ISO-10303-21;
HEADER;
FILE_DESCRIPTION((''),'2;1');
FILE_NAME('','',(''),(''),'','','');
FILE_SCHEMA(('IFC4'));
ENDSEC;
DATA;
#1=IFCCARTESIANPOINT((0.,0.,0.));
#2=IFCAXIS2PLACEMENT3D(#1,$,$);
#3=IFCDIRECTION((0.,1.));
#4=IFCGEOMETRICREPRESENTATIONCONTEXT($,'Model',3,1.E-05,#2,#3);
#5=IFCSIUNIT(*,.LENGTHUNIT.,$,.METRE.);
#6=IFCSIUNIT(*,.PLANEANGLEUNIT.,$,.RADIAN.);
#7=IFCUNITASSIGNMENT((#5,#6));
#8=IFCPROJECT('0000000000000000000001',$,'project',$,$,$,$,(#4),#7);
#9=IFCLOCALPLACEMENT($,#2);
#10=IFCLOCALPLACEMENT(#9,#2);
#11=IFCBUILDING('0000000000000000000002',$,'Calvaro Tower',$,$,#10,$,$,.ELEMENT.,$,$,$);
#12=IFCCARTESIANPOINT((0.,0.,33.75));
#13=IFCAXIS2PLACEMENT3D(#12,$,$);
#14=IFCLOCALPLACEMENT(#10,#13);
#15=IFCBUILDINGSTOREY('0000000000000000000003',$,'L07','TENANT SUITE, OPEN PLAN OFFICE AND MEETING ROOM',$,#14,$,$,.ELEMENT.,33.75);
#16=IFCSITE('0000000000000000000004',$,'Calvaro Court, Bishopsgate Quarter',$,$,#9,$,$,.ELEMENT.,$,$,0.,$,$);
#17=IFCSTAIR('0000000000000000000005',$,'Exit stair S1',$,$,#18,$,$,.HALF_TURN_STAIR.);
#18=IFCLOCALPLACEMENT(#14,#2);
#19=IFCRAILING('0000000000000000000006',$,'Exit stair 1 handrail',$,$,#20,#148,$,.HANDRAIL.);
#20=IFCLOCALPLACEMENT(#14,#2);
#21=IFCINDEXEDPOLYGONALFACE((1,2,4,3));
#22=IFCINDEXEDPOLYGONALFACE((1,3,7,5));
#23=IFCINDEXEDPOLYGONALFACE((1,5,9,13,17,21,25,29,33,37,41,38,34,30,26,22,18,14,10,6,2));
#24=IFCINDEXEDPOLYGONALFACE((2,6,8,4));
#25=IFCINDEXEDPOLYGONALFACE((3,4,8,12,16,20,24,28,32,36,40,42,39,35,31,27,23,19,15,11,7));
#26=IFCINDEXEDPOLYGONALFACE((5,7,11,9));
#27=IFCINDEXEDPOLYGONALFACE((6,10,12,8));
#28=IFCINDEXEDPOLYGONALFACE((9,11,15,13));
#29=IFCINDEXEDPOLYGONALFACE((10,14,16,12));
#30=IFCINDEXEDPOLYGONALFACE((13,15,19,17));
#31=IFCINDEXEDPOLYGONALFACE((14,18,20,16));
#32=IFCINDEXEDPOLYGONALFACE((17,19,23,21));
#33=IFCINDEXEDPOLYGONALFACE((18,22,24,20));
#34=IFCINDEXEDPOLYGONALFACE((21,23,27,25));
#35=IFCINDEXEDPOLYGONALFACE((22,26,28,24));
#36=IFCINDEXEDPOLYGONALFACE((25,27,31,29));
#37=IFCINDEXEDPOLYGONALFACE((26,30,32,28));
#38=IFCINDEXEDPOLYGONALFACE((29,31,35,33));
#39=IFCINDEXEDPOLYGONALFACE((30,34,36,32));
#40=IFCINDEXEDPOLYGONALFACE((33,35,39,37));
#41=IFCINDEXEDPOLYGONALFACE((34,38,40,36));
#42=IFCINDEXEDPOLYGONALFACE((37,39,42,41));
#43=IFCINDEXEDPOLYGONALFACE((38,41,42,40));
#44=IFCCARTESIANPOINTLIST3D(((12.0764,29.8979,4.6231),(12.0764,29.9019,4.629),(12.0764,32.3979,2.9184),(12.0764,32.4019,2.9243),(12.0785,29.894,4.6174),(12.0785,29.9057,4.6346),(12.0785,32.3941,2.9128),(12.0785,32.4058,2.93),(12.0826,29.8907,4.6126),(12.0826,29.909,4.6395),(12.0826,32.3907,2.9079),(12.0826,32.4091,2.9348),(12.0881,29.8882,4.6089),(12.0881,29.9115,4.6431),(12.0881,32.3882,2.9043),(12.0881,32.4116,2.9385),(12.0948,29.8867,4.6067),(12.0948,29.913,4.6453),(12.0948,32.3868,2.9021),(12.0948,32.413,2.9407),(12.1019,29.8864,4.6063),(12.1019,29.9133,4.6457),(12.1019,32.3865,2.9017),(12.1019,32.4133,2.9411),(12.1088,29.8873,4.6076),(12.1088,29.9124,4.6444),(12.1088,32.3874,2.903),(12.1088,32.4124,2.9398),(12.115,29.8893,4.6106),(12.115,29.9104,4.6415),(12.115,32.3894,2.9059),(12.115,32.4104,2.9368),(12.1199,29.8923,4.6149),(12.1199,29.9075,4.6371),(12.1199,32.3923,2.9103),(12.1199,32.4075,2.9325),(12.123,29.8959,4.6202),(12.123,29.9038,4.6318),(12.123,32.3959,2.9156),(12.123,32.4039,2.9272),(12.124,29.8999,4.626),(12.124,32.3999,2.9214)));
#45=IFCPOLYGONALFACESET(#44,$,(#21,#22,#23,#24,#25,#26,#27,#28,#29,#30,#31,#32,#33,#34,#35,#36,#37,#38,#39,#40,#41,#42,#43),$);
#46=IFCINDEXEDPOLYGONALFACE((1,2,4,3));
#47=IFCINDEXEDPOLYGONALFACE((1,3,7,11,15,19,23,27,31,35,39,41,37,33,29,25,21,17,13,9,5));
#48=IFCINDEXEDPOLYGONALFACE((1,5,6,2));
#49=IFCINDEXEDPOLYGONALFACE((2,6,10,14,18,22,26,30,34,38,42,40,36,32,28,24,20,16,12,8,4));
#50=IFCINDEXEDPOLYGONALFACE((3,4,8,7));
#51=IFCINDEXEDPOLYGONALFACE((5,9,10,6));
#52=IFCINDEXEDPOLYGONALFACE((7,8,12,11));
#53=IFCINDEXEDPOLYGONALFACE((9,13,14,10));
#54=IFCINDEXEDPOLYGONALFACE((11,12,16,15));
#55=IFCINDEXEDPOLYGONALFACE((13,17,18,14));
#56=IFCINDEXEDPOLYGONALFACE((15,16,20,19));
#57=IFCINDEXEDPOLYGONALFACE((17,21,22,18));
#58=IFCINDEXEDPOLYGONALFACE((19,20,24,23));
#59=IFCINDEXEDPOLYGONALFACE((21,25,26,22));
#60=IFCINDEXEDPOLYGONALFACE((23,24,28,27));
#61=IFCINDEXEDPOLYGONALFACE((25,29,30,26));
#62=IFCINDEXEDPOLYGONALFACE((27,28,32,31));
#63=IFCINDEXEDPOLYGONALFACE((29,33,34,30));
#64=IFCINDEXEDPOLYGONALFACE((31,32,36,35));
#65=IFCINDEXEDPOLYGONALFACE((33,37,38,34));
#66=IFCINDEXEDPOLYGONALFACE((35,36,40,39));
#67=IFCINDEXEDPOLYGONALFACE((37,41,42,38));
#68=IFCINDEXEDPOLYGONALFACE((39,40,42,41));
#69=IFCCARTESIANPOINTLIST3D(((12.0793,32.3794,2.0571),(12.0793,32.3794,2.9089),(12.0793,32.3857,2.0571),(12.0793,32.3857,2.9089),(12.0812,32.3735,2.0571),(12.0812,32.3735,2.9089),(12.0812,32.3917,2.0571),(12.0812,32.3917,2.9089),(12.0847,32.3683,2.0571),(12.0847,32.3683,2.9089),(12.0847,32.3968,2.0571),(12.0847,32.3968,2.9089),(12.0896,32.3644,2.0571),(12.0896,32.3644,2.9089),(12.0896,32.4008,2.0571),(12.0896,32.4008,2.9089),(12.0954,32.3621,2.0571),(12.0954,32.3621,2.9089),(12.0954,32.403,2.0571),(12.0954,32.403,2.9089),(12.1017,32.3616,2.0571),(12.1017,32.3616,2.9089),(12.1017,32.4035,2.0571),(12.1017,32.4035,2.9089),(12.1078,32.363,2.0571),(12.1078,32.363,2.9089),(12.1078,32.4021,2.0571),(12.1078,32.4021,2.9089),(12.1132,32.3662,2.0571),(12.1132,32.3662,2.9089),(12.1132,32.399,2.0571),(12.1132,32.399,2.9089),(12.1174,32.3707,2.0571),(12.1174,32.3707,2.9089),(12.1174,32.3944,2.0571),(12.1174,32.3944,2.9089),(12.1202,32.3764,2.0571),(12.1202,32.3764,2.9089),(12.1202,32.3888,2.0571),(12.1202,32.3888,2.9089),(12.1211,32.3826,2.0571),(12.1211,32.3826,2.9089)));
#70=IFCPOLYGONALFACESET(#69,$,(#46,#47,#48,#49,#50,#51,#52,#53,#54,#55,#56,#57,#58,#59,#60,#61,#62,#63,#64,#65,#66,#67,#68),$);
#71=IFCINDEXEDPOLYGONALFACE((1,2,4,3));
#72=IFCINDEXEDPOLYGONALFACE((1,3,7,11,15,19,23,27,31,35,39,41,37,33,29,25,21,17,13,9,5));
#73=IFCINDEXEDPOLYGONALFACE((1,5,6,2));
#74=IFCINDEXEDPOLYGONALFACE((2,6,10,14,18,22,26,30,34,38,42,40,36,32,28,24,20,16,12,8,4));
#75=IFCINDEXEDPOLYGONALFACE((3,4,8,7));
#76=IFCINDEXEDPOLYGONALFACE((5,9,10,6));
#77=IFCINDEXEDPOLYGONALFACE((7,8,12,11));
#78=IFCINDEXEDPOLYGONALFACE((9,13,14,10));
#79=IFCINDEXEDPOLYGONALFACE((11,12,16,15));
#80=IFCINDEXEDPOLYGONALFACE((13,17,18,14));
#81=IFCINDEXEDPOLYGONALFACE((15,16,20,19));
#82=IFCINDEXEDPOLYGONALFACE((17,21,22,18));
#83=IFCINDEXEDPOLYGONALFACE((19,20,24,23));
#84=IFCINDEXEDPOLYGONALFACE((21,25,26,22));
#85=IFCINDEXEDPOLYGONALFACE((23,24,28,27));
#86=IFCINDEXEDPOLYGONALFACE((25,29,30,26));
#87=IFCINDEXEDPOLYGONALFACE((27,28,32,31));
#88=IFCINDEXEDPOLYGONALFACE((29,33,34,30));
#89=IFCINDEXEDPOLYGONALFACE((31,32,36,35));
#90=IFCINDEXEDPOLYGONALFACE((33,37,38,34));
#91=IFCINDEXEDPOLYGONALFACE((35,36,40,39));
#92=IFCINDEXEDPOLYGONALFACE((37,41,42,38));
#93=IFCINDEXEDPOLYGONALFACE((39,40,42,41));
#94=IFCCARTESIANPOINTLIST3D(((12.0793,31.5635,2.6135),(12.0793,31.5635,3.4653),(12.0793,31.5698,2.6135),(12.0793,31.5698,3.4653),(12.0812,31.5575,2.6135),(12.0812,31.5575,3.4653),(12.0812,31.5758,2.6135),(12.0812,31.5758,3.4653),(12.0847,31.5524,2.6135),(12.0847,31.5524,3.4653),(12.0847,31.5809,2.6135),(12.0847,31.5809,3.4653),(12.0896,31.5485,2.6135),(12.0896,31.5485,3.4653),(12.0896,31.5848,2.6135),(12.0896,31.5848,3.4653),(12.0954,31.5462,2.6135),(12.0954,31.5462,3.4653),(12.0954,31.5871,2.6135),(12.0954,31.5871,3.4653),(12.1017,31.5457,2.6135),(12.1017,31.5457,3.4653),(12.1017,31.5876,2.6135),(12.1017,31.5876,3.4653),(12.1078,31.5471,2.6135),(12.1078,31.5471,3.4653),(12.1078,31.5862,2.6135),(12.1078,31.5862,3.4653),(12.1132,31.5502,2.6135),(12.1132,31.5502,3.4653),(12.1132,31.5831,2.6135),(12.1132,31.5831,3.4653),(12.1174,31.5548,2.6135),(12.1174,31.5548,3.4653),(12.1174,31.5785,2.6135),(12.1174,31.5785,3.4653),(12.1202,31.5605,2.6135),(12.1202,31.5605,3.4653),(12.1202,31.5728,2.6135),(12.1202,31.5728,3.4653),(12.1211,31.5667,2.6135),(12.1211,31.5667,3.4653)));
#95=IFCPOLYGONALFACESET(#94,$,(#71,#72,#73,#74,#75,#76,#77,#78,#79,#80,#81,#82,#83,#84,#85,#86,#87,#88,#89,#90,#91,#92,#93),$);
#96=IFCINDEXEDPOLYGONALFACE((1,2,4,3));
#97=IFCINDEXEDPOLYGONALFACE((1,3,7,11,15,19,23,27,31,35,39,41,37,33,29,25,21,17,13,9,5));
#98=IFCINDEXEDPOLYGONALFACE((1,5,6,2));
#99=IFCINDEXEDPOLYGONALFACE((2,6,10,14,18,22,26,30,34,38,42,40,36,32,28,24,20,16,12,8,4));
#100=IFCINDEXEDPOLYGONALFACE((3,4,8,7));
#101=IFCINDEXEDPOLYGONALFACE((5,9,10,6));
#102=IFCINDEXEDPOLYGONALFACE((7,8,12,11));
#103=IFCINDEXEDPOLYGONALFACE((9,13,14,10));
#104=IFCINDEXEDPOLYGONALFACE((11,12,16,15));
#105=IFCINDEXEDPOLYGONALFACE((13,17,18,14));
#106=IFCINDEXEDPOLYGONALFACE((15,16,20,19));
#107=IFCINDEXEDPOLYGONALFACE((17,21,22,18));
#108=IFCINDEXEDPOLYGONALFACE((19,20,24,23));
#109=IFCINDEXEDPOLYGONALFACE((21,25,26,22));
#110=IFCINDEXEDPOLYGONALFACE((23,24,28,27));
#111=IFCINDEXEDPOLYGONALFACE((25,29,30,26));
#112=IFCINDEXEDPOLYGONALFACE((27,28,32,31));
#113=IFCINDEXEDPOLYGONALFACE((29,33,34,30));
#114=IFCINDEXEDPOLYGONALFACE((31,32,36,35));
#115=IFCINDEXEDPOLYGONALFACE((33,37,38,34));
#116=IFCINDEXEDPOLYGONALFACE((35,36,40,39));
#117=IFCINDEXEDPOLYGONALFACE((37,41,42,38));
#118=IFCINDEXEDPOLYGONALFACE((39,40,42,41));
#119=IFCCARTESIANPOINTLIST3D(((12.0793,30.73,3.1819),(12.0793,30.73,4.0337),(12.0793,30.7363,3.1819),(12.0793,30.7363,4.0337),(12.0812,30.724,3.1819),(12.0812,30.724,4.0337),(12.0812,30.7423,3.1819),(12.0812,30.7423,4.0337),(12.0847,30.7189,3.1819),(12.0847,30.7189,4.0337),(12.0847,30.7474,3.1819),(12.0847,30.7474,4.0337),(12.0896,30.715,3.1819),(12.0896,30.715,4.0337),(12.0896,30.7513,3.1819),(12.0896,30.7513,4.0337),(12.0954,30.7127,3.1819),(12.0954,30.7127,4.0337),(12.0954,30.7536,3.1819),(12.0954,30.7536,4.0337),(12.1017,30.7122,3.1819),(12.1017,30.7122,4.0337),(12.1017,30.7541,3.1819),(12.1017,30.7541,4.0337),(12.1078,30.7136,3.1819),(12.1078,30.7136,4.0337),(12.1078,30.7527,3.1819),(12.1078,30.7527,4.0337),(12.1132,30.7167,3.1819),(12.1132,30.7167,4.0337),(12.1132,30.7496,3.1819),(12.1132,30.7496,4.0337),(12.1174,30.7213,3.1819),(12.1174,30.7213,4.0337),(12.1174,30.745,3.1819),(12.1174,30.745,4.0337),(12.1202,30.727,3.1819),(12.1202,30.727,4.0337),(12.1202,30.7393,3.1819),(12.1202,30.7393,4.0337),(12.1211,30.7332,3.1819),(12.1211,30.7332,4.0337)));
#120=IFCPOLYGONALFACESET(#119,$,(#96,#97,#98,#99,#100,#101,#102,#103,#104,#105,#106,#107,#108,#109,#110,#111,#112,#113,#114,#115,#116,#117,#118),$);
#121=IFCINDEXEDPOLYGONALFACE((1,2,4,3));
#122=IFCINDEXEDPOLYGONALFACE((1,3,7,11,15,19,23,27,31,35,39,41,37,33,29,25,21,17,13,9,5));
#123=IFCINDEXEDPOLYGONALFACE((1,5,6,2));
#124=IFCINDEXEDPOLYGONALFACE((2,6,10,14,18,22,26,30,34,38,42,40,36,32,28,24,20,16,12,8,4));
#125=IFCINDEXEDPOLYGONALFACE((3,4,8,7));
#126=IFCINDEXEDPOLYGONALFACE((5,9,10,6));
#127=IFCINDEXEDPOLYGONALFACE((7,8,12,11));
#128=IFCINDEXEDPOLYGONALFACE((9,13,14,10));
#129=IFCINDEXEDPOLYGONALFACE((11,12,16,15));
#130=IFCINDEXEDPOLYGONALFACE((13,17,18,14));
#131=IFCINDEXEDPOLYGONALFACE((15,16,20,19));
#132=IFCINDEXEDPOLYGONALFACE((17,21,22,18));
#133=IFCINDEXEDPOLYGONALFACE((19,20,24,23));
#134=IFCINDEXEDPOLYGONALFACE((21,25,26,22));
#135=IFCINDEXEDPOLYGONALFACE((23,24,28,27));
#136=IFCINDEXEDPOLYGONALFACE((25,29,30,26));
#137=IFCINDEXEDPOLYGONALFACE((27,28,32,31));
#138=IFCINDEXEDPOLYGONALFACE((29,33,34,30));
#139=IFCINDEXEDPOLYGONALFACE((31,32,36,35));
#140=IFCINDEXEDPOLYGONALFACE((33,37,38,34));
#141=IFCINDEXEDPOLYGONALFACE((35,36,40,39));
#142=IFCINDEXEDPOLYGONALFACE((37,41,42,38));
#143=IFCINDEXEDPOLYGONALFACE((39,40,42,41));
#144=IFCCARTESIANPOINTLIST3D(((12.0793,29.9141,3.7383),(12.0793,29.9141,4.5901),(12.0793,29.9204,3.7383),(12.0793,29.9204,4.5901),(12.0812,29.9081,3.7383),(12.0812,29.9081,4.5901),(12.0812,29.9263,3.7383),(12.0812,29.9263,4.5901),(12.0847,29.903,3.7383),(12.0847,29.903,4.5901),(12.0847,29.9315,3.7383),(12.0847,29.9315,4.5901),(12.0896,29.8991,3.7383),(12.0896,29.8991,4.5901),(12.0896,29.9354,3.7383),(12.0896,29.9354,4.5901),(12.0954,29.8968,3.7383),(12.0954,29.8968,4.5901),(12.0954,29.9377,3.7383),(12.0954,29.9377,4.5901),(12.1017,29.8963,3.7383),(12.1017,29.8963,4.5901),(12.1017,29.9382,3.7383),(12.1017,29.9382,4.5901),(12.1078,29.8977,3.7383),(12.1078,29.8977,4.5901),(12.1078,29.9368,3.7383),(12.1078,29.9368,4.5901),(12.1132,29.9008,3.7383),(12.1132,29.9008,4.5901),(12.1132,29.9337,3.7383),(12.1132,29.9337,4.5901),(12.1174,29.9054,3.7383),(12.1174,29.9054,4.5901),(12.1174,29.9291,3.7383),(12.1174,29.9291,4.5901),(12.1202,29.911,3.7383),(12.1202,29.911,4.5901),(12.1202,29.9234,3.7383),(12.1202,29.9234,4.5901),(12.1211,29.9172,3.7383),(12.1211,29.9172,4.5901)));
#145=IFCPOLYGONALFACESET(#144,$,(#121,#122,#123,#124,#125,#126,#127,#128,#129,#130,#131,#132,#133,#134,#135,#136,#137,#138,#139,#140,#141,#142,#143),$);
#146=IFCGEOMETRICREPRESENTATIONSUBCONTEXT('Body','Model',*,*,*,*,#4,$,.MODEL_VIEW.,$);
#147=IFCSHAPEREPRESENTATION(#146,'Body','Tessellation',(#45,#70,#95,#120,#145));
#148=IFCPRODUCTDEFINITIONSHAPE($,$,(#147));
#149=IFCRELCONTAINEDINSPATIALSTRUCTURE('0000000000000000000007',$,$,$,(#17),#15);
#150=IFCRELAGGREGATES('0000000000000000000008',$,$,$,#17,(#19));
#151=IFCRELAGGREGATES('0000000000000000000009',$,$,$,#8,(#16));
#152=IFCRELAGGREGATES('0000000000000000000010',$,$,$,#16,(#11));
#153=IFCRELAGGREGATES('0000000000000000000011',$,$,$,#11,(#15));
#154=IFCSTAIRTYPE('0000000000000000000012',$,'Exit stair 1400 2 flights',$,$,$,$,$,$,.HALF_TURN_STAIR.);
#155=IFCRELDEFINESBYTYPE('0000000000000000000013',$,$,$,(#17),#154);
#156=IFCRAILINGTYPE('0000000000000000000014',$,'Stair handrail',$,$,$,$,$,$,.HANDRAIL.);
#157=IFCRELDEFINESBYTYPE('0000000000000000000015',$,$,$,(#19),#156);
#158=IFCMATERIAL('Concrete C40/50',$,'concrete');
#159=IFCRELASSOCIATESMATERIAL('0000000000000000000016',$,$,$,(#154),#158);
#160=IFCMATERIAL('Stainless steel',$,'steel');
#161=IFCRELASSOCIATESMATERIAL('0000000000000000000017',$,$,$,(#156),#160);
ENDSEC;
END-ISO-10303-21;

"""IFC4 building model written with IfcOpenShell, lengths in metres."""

from ifc_helpers import new_model, si_unit, direction, frame, origin, origin_2d, place, context, subcontext, project, spatial, circle, extrude, material, type_object, element, aggregate, save


model = new_model("IFC4")

# Units and contexts
model_context = context("Model", 3, precision=1e-05, world=origin(), true_north=direction((0.0, 1.0)))
body_context = subcontext(model_context, "Body", "Model", "MODEL_VIEW")
ifc_project = project(units=[si_unit("LENGTHUNIT", "METRE"), si_unit("PLANEANGLEUNIT", "RADIAN")], contexts=[model_context])

# Site, building, storey
site_placement = place(None, origin())
site = spatial("IfcSite", under=ifc_project, at=site_placement, Name="Calvaro Court, Bishopsgate Quarter", CompositionType="ELEMENT", RefElevation=0.0)
building_placement = place(site_placement, origin())
building = spatial("IfcBuilding", under=site, at=building_placement, Name="Calvaro Tower", CompositionType="ELEMENT")
storey_placement = place(building_placement, frame((0.0, 0.0, 33.75)))
storey = spatial("IfcBuildingStorey", under=building, at=storey_placement, Name="L07", Description="TENANT SUITE, OPEN PLAN OFFICE AND MEETING ROOM", CompositionType="ELEMENT", Elevation=33.75)

# Stair, railing
ifc_material_1 = material(Name="Concrete C40/50", Category="concrete")
stair_type = type_object("IfcStairType", Name="Exit stair 1400 2 flights", PredefinedType="HALF_TURN_STAIR", material=ifc_material_1)
stair_placement = place(storey_placement, origin())
stair = element("IfcStair", 1, at=stair_placement, inside=storey, type_object=stair_type, Name="Exit stair S1", PredefinedType="HALF_TURN_STAIR")
ifc_material_2 = material(Name="Stainless steel", Category="steel")
railing_type = type_object("IfcRailingType", Name="Stair handrail", PredefinedType="HANDRAIL", material=ifc_material_2)
railing_1_placement = place(storey_placement, frame((12.1001, 32.3999, 2.0454)))
railing_1 = element("IfcRailing", 2, at=railing_1_placement, type_object=railing_type, Name="Exit stair 1 handrail", PredefinedType="HANDRAIL", context=body_context, shape_type="SweptSolid", body=[
    extrude(circle(Radius=0.0239, at=origin_2d()), frame((0.0, 0.0, 0.876), z_axis=(0.0, -0.826221, 0.563347), x_axis=(1.0, 0.0, 0.0)), (0.0, 0.0, 1.0), 3.0259),
    extrude(circle(Radius=0.021, at=origin_2d()), frame((0.0, -0.0173, 0.0117)), (0.0, 0.0, 1.0), 0.8518),
    extrude(circle(Radius=0.021, at=origin_2d()), frame((0.0, -0.8333, 0.5681)), (0.0, 0.0, 1.0), 0.8518),
    extrude(circle(Radius=0.021, at=origin_2d()), frame((0.0, -1.6667, 1.1365)), (0.0, 0.0, 1.0), 0.8518),
    extrude(circle(Radius=0.021, at=origin_2d()), frame((0.0, -2.4827, 1.6929)), (0.0, 0.0, 1.0), 0.8518),
])
aggregate(stair, [railing_1])

save(model, "model.ifc")
